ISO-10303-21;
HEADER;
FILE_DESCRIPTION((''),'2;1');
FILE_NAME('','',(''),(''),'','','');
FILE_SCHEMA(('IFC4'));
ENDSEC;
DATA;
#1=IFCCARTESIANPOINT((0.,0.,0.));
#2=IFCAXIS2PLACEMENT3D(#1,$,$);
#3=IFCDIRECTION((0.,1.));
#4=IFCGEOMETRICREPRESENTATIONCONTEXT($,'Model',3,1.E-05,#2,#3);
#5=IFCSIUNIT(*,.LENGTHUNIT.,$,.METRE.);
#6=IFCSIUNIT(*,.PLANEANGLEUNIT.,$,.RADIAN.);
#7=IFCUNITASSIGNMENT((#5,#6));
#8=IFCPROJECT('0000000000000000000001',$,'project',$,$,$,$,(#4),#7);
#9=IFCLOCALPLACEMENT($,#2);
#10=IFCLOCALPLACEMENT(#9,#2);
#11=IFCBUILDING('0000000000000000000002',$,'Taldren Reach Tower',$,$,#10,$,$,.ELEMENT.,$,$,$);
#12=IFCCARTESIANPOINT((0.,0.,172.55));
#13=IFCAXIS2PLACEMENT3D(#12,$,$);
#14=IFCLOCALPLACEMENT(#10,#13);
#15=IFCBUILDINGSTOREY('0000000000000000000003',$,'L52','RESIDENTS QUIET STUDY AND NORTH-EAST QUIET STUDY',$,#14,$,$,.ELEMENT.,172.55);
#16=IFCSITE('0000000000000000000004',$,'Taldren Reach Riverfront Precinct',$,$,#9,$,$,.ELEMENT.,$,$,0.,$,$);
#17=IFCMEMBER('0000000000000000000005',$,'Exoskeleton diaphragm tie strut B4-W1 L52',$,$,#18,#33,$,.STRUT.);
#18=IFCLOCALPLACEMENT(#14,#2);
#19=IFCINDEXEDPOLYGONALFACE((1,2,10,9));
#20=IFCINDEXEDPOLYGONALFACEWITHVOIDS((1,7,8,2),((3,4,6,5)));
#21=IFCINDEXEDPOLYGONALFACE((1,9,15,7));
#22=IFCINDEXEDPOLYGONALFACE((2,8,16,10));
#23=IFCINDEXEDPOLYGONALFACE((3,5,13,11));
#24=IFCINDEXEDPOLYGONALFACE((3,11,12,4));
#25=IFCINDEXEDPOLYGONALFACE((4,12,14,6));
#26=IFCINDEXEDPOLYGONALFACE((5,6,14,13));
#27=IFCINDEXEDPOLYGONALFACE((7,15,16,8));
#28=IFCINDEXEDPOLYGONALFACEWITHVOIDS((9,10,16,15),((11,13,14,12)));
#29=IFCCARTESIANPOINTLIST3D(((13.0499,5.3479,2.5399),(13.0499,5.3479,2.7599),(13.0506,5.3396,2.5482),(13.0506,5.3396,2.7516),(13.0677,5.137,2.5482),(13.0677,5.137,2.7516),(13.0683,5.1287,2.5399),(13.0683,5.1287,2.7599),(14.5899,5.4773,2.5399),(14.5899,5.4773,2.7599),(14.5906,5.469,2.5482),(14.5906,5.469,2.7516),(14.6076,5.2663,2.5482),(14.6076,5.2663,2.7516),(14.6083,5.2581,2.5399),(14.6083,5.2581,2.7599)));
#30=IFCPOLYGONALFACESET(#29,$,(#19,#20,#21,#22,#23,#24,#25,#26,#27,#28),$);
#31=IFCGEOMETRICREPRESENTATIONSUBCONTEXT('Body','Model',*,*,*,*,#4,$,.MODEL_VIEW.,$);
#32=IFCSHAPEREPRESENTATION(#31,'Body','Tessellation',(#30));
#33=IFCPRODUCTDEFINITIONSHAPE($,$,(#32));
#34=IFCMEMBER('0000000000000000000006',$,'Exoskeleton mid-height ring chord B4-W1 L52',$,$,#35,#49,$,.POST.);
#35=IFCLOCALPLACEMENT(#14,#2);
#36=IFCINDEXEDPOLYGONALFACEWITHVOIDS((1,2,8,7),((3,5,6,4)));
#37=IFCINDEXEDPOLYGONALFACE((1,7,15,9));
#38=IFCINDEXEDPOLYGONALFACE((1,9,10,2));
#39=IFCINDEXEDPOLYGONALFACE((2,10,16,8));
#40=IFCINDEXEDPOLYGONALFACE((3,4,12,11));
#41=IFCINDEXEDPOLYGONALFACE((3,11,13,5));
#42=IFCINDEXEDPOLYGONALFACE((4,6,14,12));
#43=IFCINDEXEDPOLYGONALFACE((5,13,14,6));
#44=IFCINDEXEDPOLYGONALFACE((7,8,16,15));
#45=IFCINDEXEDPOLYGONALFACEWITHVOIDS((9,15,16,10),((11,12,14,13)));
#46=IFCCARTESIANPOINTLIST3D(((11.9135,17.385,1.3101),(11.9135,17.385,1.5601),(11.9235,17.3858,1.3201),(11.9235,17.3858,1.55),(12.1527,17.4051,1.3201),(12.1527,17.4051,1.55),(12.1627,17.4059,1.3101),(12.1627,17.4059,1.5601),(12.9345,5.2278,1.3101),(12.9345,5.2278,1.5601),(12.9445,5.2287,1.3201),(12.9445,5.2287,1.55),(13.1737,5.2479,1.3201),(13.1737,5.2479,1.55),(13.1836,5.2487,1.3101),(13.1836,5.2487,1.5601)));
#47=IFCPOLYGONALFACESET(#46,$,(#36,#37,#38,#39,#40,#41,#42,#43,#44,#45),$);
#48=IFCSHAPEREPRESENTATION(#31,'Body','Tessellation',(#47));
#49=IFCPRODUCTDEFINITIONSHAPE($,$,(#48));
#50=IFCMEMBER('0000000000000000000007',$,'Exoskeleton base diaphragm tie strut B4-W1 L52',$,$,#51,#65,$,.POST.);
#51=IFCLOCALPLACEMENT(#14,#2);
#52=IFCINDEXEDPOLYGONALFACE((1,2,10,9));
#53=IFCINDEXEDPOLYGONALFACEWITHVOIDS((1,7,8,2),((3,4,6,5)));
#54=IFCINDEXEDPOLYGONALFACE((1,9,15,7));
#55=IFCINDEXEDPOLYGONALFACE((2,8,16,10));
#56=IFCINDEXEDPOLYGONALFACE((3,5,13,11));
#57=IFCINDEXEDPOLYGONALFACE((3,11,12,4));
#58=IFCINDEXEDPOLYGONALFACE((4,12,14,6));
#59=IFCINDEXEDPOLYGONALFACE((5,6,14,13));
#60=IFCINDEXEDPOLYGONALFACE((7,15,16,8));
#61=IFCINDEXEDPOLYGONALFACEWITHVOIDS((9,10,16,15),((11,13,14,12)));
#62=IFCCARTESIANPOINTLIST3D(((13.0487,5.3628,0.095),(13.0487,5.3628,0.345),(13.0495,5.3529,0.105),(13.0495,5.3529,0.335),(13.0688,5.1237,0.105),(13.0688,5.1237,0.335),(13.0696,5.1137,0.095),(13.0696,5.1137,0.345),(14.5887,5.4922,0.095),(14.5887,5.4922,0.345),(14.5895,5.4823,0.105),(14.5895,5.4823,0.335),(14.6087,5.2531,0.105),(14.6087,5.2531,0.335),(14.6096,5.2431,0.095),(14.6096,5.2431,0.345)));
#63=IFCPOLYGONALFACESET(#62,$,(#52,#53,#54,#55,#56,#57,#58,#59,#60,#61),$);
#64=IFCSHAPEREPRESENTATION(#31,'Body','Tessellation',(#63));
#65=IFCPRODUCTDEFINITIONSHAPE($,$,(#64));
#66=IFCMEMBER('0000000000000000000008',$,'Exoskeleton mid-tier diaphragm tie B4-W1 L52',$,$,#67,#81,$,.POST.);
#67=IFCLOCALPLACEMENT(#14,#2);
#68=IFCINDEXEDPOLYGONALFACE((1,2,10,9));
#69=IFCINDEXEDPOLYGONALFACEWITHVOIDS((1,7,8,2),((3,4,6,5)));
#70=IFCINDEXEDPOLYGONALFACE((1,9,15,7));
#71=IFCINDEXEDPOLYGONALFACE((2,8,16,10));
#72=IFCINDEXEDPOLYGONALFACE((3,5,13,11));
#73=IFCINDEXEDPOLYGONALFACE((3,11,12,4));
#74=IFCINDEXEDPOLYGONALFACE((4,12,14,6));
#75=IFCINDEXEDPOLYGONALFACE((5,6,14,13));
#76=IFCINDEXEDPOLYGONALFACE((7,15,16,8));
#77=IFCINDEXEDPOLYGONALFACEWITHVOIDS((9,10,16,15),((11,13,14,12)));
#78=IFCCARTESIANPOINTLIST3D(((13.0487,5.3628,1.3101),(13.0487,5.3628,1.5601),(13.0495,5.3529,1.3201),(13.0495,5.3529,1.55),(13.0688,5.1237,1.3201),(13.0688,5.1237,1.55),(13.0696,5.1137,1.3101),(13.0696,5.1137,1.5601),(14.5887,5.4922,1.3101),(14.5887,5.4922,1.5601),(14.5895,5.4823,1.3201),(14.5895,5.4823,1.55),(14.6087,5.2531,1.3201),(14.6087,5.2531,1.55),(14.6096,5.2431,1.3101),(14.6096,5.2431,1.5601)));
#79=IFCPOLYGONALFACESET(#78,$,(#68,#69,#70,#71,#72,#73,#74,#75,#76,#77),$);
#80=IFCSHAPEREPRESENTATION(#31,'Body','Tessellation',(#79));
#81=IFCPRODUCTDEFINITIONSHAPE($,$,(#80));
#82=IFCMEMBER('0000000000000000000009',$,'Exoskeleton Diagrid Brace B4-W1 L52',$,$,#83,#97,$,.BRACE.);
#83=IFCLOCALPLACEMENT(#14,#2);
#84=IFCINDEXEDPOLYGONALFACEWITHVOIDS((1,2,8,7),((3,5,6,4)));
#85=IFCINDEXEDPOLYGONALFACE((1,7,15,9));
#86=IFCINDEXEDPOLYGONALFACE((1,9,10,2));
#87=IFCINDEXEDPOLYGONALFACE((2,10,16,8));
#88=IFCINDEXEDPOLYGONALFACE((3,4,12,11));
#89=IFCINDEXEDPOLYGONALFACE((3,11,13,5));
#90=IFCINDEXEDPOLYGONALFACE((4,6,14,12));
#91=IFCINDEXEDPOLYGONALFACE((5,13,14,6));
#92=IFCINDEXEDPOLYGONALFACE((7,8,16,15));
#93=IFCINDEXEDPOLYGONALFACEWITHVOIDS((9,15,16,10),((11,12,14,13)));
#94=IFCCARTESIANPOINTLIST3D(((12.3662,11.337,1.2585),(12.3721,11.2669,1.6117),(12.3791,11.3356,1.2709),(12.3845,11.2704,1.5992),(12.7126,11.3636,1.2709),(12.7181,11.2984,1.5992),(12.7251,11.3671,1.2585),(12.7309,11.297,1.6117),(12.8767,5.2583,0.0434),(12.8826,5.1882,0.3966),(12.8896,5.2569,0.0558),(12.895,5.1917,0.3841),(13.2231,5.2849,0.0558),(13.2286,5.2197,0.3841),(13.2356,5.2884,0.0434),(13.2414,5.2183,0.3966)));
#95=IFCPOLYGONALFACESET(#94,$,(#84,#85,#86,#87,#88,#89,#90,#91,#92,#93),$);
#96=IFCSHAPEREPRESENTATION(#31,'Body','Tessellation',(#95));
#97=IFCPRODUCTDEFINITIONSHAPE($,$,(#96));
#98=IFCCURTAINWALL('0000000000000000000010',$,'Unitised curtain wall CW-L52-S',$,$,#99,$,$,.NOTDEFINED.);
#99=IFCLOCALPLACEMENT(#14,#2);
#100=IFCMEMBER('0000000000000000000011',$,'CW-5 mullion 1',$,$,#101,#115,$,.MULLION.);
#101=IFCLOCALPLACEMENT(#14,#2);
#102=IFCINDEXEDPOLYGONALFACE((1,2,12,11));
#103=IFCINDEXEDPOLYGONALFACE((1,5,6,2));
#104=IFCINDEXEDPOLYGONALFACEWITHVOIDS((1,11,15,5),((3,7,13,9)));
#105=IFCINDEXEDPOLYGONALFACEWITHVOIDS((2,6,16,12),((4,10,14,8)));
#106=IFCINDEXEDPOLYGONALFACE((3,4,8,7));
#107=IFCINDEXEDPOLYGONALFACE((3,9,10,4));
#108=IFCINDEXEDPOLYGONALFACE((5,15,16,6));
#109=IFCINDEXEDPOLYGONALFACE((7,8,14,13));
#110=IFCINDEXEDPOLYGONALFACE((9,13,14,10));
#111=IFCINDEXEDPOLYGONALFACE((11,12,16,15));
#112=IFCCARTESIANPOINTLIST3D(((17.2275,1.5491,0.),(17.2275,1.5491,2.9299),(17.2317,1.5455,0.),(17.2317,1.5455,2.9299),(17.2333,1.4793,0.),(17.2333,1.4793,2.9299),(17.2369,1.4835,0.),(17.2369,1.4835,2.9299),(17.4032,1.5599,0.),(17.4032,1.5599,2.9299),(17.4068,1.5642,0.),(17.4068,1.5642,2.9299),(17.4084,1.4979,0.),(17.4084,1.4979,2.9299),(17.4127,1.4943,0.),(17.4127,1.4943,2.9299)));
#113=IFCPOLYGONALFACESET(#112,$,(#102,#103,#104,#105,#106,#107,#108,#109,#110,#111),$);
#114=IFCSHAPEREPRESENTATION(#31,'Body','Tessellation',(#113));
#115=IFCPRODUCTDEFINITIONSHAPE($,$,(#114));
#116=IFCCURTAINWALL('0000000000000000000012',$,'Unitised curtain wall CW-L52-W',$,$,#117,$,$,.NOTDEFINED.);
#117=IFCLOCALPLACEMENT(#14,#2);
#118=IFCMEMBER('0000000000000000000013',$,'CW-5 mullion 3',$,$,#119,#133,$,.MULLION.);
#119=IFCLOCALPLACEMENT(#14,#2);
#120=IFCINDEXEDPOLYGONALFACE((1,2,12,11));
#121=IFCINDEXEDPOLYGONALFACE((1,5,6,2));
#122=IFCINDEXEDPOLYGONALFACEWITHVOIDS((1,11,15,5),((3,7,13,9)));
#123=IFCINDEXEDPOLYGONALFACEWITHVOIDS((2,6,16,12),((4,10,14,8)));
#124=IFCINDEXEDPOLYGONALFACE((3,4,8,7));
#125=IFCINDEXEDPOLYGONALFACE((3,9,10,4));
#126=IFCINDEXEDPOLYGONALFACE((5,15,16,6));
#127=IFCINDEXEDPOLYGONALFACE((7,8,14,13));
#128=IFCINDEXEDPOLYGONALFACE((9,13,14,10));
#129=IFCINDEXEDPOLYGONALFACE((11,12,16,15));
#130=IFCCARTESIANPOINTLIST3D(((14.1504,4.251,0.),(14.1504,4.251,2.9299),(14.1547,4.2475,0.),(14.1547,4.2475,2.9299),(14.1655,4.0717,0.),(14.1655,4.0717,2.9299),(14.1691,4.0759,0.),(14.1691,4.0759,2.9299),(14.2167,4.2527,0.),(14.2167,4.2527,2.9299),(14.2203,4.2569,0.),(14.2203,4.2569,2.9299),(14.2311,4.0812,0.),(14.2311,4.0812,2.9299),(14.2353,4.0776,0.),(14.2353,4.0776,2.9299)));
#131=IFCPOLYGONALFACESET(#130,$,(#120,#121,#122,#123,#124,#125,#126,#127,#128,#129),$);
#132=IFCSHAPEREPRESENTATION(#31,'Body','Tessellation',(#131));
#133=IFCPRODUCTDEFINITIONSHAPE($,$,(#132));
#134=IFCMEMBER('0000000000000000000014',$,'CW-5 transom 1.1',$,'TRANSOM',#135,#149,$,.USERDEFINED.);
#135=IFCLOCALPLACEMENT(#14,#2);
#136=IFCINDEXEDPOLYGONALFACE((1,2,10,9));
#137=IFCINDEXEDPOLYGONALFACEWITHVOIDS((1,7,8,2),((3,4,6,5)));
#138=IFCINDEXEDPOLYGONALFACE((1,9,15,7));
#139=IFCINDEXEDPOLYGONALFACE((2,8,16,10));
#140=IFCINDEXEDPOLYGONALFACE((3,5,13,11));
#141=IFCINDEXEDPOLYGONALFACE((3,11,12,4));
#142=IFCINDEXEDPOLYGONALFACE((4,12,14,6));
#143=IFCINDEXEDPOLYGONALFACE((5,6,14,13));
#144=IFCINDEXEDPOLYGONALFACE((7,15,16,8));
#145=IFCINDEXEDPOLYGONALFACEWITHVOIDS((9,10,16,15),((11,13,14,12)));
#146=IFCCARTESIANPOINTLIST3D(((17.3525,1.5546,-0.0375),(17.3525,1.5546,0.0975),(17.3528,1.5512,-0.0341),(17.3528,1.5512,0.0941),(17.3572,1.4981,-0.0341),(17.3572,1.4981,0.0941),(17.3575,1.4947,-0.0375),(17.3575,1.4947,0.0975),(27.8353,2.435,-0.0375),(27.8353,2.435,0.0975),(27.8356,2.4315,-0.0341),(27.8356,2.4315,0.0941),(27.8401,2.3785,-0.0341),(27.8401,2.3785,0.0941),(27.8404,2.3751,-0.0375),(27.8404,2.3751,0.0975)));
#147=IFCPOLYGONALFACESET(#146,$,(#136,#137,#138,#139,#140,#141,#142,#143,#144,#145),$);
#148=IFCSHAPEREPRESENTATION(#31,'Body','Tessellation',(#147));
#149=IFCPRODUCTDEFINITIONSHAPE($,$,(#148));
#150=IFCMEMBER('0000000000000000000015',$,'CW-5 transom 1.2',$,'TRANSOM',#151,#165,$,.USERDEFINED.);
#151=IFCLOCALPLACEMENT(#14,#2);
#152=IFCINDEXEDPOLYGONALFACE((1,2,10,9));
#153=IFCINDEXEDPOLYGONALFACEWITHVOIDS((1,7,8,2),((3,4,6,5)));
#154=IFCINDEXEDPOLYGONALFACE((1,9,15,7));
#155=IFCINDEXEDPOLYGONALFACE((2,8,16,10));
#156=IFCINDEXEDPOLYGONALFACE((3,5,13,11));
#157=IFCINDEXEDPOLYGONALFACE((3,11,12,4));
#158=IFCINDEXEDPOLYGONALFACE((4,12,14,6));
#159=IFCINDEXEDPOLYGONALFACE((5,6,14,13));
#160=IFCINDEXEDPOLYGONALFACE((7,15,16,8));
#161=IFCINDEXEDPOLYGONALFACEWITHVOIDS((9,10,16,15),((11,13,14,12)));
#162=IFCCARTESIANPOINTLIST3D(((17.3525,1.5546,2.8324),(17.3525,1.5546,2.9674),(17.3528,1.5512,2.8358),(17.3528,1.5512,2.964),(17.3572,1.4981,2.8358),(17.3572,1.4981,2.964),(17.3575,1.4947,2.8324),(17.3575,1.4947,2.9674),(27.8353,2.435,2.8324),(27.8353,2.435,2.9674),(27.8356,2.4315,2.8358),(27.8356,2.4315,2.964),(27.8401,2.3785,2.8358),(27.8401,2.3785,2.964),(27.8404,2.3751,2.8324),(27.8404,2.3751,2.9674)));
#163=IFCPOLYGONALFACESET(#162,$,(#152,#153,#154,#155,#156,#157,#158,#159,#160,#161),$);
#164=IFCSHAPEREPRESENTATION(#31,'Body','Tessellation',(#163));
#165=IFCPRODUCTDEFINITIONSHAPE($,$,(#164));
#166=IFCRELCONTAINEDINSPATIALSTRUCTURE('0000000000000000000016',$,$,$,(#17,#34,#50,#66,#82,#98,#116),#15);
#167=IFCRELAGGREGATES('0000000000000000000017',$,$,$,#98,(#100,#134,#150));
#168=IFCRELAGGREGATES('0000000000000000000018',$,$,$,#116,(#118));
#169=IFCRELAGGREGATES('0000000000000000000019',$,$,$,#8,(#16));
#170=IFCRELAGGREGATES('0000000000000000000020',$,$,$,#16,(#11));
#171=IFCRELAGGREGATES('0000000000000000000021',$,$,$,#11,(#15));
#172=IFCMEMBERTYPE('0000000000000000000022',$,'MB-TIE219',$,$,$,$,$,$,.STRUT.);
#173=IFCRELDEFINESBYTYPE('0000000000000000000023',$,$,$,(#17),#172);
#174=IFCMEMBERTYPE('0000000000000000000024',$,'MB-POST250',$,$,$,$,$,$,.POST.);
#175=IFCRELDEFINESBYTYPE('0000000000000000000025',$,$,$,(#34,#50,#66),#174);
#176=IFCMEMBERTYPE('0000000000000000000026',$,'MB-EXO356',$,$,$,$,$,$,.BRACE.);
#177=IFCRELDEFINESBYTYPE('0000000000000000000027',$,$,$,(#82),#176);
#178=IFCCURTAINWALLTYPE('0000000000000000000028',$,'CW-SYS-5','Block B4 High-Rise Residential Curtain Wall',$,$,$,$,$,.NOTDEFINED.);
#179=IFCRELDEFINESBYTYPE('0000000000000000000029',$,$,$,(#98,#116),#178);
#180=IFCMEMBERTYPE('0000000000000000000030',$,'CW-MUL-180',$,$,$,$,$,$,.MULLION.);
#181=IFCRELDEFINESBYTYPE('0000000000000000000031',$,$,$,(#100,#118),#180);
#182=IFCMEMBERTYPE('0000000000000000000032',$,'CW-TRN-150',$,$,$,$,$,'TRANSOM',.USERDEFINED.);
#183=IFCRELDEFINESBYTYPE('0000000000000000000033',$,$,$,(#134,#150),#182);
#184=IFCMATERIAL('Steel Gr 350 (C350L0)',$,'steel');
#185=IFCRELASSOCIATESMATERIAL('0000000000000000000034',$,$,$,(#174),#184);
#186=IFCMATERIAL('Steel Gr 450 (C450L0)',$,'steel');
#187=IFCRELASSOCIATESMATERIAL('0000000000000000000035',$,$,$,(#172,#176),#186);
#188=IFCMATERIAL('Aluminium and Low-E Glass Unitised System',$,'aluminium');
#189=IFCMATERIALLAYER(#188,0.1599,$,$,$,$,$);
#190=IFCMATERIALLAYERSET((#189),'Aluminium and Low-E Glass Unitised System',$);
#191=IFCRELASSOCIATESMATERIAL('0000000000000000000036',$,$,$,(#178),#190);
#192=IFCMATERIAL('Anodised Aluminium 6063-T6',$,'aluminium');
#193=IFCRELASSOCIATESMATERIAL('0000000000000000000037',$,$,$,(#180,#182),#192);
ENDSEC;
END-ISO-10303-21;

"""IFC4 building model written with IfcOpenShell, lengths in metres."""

from ifc_helpers import new_model, si_unit, direction, frame, origin, origin_2d, place, context, subcontext, project, spatial, hollow_rectangle, extrude, source, transform, mapped, material, layer, layer_set, material_profile, profile_set, type_object, element, aggregate, save


model = new_model("IFC4")

# Units and contexts
model_context = context("Model", 3, precision=1e-05, world=origin(), true_north=direction((0.0, 1.0)))
body_context = subcontext(model_context, "Body", "Model", "MODEL_VIEW")
ifc_project = project(units=[si_unit("LENGTHUNIT", "METRE"), si_unit("PLANEANGLEUNIT", "RADIAN")], contexts=[model_context])

# Site, building, storey
site_placement = place(None, origin())
site = spatial("IfcSite", under=ifc_project, at=site_placement, Name="Taldren Reach Riverfront Precinct", CompositionType="ELEMENT", RefElevation=0.0)
building_placement = place(site_placement, origin())
building = spatial("IfcBuilding", under=site, at=building_placement, Name="Taldren Reach Tower", CompositionType="ELEMENT")
storey_placement = place(building_placement, frame((0.0, 0.0, 172.55)))
storey = spatial("IfcBuildingStorey", under=building, at=storey_placement, Name="L52", Description="RESIDENTS QUIET STUDY AND NORTH-EAST QUIET STUDY", CompositionType="ELEMENT", Elevation=172.55)

# Shared definitions
ifc_material_1 = material(Name="Steel Gr 350 (C350L0)", Category="steel")

# Shared definitions
ifc_material_profile_1 = material_profile(ifc_material_1, hollow_rectangle(XDim=0.25, YDim=0.25, WallThickness=0.01, at=origin_2d()), Name="250x250x10.0SHS")
ifc_profile_set_1 = profile_set([ifc_material_profile_1], Name="Steel Gr 350 (C350L0)")
member_type_1 = type_object("IfcMemberType", Name="MB-POST250", PredefinedType="POST", material=ifc_profile_set_1)

# Members
ifc_material_2 = material(Name="Steel Gr 450 (C450L0)", Category="steel")
ifc_material_profile_2 = material_profile(ifc_material_2, hollow_rectangle(XDim=0.22, YDim=0.22, WallThickness=0.0083, at=origin_2d()), Name="220x220x8.2SHS")
ifc_profile_set_2 = profile_set([ifc_material_profile_2], Name="Steel Gr 450 (C450L0)")
member_type_2 = type_object("IfcMemberType", Name="MB-TIE219", PredefinedType="STRUT", material=ifc_profile_set_2)
shared_shape_1 = source(origin(), body_context, "Body", "SweptSolid", [
    extrude(hollow_rectangle(XDim=0.22, YDim=0.22, WallThickness=0.0083, at=origin_2d()), origin(), (0.0, 0.0, 1.0), 1.5454),
])
member_1_placement = place(storey_placement, frame((14.5991, 5.3677, 2.6499), z_axis=(-0.996489, -0.083725, 0.0), x_axis=(0.083725, -0.996489, 0.0)))
element("IfcMember", 1, at=member_1_placement, inside=storey, type_object=member_type_2, Name="Exoskeleton diaphragm tie strut B4-W1 L52", PredefinedType="STRUT", context=body_context, shape_type="MappedRepresentation", body=[
    mapped(shared_shape_1, transform((0.0, 0.0, 0.0), scale=1.0)),
])
shared_shape_2 = source(origin(), body_context, "Body", "SweptSolid", [
    extrude(hollow_rectangle(XDim=0.25, YDim=0.25, WallThickness=0.01, at=origin_2d()), origin(), (0.0, 0.0, 1.0), 12.2),
])
member_2_placement = place(storey_placement, frame((13.0591, 5.2383, 1.4351), z_axis=(-0.083688, 0.996492, 0.0), x_axis=(-0.996492, -0.083688, 0.0)))
element("IfcMember", 2, at=member_2_placement, inside=storey, type_object=member_type_1, Name="Exoskeleton mid-height ring chord B4-W1 L52", PredefinedType="POST", context=body_context, shape_type="MappedRepresentation", body=[
    mapped(shared_shape_2, transform((0.0, 0.0, 0.0), scale=1.0)),
])
shared_shape_3 = source(origin(), body_context, "Body", "SweptSolid", [
    extrude(hollow_rectangle(XDim=0.25, YDim=0.25, WallThickness=0.01, at=origin_2d()), origin(), (0.0, 0.0, 1.0), 1.5454),
])
for number, where, z_axis, x_axis, name in (
    (3, (14.5991, 5.3677, 0.22), (-0.996489, -0.083725, 0.0), (0.083725, -0.996489, 0.0), "Exoskeleton base diaphragm tie strut B4-W1 L52"),
    (4, (14.5991, 5.3677, 1.4351), (-0.996489, -0.083725, 0.0), (0.083725, -0.996489, 0.0), "Exoskeleton mid-tier diaphragm tie B4-W1 L52"),
):
    element("IfcMember", number, at=place(storey_placement, frame(where, z_axis=z_axis, x_axis=x_axis)), inside=storey, type_object=member_type_1, Name=name, PredefinedType="POST", context=body_context, shape_type="MappedRepresentation", body=[
        mapped(shared_shape_3, transform((0.0, 0.0, 0.0), scale=1.0)),
    ])
ifc_material_profile_3 = material_profile(ifc_material_2, hollow_rectangle(XDim=0.3601, YDim=0.3601, WallThickness=0.0127, at=origin_2d()), Name="360x360x12.7SHS")
ifc_profile_set_3 = profile_set([ifc_material_profile_3], Name="Steel Gr 450 (C450L0)")
member_type_3 = type_object("IfcMemberType", Name="MB-EXO356", PredefinedType="BRACE", material=ifc_profile_set_3)
shared_shape_4 = source(origin(), body_context, "Body", "SweptSolid", [
    extrude(hollow_rectangle(XDim=0.3601, YDim=0.3601, WallThickness=0.0127, at=origin_2d()), origin(), (0.0, 0.0, 1.0), 6.22),
])
member_3_placement = place(storey_placement, frame((13.0591, 5.2383, 0.22), z_axis=(-0.082076, 0.977292, 0.195356), x_axis=(-0.996492, -0.083688, 0.0)))
element("IfcMember", 5, at=member_3_placement, inside=storey, type_object=member_type_3, Name="Exoskeleton Diagrid Brace B4-W1 L52", PredefinedType="BRACE", context=body_context, shape_type="MappedRepresentation", body=[
    mapped(shared_shape_4, transform((0.0, 0.0, 0.0), scale=1.0)),
])

# Curtain walls, members
ifc_material_3 = material(Name="Aluminium and Low-E Glass Unitised System", Category="aluminium")
ifc_layer_1 = layer(ifc_material_3, 0.1599)
ifc_layer_set_1 = layer_set([ifc_layer_1], Name="Aluminium and Low-E Glass Unitised System")
curtain_wall_type = type_object("IfcCurtainWallType", Name="CW-SYS-5", Description="Block B4 High-Rise Residential Curtain Wall", PredefinedType="NOTDEFINED", material=ifc_layer_set_1)
curtain_wall_1_placement = place(storey_placement, origin())
curtain_wall_1 = element("IfcCurtainWall", 6, at=curtain_wall_1_placement, inside=storey, type_object=curtain_wall_type, Name="Unitised curtain wall CW-L52-S", PredefinedType="NOTDEFINED")
ifc_material_4 = material(Name="Anodised Aluminium 6063-T6", Category="aluminium")
ifc_material_profile_4 = material_profile(ifc_material_4, hollow_rectangle(XDim=0.0701, YDim=0.1799, WallThickness=0.0039, at=origin_2d()), Name="ALU-180x70x4RHS")
ifc_profile_set_4 = profile_set([ifc_material_profile_4], Name="Anodised Aluminium 6063-T6")
member_type_4 = type_object("IfcMemberType", Name="CW-MUL-180", PredefinedType="MULLION", material=ifc_profile_set_4)
shared_shape_5 = source(origin(), body_context, "Body", "SweptSolid", [
    extrude(hollow_rectangle(XDim=0.0701, YDim=0.1799, WallThickness=0.0039, at=origin_2d()), origin(), (0.0, 0.0, 1.0), 2.9299),
])
member_4_placement = place(storey_placement, frame((17.3201, 1.5217, 0.0), z_axis=(0.0, 0.0, 1.0), x_axis=(-0.083678, 0.996493, 0.0)))
member_4 = element("IfcMember", 7, at=member_4_placement, type_object=member_type_4, Name="CW-5 mullion 1", PredefinedType="MULLION", context=body_context, shape_type="MappedRepresentation", body=[
    mapped(shared_shape_5, transform((0.0, 0.0, 0.0), scale=1.0)),
])
curtain_wall_2_placement = place(storey_placement, origin())
curtain_wall_2 = element("IfcCurtainWall", 8, at=curtain_wall_2_placement, inside=storey, type_object=curtain_wall_type, Name="Unitised curtain wall CW-L52-W", PredefinedType="NOTDEFINED")
member_5_placement = place(storey_placement, frame((14.1929, 4.1643, 0.0), z_axis=(0.0, 0.0, 1.0), x_axis=(0.996493, 0.083678, 0.0)))
member_5 = element("IfcMember", 9, at=member_5_placement, type_object=member_type_4, Name="CW-5 mullion 3", PredefinedType="MULLION", context=body_context, shape_type="MappedRepresentation", body=[
    mapped(shared_shape_5, transform((0.0, 0.0, 0.0), scale=1.0)),
])

# Members
ifc_material_profile_5 = material_profile(ifc_material_4, hollow_rectangle(XDim=0.0601, YDim=0.135, WallThickness=0.0034, at=origin_2d()), Name="ALU-135x60x3.5RHS")
ifc_profile_set_5 = profile_set([ifc_material_profile_5], Name="Anodised Aluminium 6063-T6")
member_type_5 = type_object("IfcMemberType", Name="CW-TRN-150", ElementType="TRANSOM", PredefinedType="USERDEFINED", material=ifc_profile_set_5)
shared_shape_6 = source(origin(), body_context, "Body", "SweptSolid", [
    extrude(hollow_rectangle(XDim=0.0601, YDim=0.135, WallThickness=0.0034, at=origin_2d()), origin(), (0.0, 0.0, 1.0), 10.5198),
])
member_6_placement = place(storey_placement, frame((17.355, 1.5247, 0.03), z_axis=(0.996492, 0.083687, 0.0), x_axis=(-0.083687, 0.996492, 0.0)))
member_6 = element("IfcMember", 10, at=member_6_placement, type_object=member_type_5, Name="CW-5 transom 1.1", ObjectType="TRANSOM", PredefinedType="USERDEFINED", context=body_context, shape_type="MappedRepresentation", body=[
    mapped(shared_shape_6, transform((0.0, 0.0, 0.0), scale=1.0)),
])
member_7_placement = place(storey_placement, frame((17.355, 1.5247, 2.8999), z_axis=(0.996492, 0.083687, 0.0), x_axis=(-0.083687, 0.996492, 0.0)))
member_7 = element("IfcMember", 11, at=member_7_placement, type_object=member_type_5, Name="CW-5 transom 1.2", ObjectType="TRANSOM", PredefinedType="USERDEFINED", context=body_context, shape_type="MappedRepresentation", body=[
    mapped(shared_shape_6, transform((0.0, 0.0, 0.0), scale=1.0)),
])
aggregate(curtain_wall_1, [member_4, member_6, member_7])

aggregate(curtain_wall_2, [member_5])

save(model, "model.ifc")
